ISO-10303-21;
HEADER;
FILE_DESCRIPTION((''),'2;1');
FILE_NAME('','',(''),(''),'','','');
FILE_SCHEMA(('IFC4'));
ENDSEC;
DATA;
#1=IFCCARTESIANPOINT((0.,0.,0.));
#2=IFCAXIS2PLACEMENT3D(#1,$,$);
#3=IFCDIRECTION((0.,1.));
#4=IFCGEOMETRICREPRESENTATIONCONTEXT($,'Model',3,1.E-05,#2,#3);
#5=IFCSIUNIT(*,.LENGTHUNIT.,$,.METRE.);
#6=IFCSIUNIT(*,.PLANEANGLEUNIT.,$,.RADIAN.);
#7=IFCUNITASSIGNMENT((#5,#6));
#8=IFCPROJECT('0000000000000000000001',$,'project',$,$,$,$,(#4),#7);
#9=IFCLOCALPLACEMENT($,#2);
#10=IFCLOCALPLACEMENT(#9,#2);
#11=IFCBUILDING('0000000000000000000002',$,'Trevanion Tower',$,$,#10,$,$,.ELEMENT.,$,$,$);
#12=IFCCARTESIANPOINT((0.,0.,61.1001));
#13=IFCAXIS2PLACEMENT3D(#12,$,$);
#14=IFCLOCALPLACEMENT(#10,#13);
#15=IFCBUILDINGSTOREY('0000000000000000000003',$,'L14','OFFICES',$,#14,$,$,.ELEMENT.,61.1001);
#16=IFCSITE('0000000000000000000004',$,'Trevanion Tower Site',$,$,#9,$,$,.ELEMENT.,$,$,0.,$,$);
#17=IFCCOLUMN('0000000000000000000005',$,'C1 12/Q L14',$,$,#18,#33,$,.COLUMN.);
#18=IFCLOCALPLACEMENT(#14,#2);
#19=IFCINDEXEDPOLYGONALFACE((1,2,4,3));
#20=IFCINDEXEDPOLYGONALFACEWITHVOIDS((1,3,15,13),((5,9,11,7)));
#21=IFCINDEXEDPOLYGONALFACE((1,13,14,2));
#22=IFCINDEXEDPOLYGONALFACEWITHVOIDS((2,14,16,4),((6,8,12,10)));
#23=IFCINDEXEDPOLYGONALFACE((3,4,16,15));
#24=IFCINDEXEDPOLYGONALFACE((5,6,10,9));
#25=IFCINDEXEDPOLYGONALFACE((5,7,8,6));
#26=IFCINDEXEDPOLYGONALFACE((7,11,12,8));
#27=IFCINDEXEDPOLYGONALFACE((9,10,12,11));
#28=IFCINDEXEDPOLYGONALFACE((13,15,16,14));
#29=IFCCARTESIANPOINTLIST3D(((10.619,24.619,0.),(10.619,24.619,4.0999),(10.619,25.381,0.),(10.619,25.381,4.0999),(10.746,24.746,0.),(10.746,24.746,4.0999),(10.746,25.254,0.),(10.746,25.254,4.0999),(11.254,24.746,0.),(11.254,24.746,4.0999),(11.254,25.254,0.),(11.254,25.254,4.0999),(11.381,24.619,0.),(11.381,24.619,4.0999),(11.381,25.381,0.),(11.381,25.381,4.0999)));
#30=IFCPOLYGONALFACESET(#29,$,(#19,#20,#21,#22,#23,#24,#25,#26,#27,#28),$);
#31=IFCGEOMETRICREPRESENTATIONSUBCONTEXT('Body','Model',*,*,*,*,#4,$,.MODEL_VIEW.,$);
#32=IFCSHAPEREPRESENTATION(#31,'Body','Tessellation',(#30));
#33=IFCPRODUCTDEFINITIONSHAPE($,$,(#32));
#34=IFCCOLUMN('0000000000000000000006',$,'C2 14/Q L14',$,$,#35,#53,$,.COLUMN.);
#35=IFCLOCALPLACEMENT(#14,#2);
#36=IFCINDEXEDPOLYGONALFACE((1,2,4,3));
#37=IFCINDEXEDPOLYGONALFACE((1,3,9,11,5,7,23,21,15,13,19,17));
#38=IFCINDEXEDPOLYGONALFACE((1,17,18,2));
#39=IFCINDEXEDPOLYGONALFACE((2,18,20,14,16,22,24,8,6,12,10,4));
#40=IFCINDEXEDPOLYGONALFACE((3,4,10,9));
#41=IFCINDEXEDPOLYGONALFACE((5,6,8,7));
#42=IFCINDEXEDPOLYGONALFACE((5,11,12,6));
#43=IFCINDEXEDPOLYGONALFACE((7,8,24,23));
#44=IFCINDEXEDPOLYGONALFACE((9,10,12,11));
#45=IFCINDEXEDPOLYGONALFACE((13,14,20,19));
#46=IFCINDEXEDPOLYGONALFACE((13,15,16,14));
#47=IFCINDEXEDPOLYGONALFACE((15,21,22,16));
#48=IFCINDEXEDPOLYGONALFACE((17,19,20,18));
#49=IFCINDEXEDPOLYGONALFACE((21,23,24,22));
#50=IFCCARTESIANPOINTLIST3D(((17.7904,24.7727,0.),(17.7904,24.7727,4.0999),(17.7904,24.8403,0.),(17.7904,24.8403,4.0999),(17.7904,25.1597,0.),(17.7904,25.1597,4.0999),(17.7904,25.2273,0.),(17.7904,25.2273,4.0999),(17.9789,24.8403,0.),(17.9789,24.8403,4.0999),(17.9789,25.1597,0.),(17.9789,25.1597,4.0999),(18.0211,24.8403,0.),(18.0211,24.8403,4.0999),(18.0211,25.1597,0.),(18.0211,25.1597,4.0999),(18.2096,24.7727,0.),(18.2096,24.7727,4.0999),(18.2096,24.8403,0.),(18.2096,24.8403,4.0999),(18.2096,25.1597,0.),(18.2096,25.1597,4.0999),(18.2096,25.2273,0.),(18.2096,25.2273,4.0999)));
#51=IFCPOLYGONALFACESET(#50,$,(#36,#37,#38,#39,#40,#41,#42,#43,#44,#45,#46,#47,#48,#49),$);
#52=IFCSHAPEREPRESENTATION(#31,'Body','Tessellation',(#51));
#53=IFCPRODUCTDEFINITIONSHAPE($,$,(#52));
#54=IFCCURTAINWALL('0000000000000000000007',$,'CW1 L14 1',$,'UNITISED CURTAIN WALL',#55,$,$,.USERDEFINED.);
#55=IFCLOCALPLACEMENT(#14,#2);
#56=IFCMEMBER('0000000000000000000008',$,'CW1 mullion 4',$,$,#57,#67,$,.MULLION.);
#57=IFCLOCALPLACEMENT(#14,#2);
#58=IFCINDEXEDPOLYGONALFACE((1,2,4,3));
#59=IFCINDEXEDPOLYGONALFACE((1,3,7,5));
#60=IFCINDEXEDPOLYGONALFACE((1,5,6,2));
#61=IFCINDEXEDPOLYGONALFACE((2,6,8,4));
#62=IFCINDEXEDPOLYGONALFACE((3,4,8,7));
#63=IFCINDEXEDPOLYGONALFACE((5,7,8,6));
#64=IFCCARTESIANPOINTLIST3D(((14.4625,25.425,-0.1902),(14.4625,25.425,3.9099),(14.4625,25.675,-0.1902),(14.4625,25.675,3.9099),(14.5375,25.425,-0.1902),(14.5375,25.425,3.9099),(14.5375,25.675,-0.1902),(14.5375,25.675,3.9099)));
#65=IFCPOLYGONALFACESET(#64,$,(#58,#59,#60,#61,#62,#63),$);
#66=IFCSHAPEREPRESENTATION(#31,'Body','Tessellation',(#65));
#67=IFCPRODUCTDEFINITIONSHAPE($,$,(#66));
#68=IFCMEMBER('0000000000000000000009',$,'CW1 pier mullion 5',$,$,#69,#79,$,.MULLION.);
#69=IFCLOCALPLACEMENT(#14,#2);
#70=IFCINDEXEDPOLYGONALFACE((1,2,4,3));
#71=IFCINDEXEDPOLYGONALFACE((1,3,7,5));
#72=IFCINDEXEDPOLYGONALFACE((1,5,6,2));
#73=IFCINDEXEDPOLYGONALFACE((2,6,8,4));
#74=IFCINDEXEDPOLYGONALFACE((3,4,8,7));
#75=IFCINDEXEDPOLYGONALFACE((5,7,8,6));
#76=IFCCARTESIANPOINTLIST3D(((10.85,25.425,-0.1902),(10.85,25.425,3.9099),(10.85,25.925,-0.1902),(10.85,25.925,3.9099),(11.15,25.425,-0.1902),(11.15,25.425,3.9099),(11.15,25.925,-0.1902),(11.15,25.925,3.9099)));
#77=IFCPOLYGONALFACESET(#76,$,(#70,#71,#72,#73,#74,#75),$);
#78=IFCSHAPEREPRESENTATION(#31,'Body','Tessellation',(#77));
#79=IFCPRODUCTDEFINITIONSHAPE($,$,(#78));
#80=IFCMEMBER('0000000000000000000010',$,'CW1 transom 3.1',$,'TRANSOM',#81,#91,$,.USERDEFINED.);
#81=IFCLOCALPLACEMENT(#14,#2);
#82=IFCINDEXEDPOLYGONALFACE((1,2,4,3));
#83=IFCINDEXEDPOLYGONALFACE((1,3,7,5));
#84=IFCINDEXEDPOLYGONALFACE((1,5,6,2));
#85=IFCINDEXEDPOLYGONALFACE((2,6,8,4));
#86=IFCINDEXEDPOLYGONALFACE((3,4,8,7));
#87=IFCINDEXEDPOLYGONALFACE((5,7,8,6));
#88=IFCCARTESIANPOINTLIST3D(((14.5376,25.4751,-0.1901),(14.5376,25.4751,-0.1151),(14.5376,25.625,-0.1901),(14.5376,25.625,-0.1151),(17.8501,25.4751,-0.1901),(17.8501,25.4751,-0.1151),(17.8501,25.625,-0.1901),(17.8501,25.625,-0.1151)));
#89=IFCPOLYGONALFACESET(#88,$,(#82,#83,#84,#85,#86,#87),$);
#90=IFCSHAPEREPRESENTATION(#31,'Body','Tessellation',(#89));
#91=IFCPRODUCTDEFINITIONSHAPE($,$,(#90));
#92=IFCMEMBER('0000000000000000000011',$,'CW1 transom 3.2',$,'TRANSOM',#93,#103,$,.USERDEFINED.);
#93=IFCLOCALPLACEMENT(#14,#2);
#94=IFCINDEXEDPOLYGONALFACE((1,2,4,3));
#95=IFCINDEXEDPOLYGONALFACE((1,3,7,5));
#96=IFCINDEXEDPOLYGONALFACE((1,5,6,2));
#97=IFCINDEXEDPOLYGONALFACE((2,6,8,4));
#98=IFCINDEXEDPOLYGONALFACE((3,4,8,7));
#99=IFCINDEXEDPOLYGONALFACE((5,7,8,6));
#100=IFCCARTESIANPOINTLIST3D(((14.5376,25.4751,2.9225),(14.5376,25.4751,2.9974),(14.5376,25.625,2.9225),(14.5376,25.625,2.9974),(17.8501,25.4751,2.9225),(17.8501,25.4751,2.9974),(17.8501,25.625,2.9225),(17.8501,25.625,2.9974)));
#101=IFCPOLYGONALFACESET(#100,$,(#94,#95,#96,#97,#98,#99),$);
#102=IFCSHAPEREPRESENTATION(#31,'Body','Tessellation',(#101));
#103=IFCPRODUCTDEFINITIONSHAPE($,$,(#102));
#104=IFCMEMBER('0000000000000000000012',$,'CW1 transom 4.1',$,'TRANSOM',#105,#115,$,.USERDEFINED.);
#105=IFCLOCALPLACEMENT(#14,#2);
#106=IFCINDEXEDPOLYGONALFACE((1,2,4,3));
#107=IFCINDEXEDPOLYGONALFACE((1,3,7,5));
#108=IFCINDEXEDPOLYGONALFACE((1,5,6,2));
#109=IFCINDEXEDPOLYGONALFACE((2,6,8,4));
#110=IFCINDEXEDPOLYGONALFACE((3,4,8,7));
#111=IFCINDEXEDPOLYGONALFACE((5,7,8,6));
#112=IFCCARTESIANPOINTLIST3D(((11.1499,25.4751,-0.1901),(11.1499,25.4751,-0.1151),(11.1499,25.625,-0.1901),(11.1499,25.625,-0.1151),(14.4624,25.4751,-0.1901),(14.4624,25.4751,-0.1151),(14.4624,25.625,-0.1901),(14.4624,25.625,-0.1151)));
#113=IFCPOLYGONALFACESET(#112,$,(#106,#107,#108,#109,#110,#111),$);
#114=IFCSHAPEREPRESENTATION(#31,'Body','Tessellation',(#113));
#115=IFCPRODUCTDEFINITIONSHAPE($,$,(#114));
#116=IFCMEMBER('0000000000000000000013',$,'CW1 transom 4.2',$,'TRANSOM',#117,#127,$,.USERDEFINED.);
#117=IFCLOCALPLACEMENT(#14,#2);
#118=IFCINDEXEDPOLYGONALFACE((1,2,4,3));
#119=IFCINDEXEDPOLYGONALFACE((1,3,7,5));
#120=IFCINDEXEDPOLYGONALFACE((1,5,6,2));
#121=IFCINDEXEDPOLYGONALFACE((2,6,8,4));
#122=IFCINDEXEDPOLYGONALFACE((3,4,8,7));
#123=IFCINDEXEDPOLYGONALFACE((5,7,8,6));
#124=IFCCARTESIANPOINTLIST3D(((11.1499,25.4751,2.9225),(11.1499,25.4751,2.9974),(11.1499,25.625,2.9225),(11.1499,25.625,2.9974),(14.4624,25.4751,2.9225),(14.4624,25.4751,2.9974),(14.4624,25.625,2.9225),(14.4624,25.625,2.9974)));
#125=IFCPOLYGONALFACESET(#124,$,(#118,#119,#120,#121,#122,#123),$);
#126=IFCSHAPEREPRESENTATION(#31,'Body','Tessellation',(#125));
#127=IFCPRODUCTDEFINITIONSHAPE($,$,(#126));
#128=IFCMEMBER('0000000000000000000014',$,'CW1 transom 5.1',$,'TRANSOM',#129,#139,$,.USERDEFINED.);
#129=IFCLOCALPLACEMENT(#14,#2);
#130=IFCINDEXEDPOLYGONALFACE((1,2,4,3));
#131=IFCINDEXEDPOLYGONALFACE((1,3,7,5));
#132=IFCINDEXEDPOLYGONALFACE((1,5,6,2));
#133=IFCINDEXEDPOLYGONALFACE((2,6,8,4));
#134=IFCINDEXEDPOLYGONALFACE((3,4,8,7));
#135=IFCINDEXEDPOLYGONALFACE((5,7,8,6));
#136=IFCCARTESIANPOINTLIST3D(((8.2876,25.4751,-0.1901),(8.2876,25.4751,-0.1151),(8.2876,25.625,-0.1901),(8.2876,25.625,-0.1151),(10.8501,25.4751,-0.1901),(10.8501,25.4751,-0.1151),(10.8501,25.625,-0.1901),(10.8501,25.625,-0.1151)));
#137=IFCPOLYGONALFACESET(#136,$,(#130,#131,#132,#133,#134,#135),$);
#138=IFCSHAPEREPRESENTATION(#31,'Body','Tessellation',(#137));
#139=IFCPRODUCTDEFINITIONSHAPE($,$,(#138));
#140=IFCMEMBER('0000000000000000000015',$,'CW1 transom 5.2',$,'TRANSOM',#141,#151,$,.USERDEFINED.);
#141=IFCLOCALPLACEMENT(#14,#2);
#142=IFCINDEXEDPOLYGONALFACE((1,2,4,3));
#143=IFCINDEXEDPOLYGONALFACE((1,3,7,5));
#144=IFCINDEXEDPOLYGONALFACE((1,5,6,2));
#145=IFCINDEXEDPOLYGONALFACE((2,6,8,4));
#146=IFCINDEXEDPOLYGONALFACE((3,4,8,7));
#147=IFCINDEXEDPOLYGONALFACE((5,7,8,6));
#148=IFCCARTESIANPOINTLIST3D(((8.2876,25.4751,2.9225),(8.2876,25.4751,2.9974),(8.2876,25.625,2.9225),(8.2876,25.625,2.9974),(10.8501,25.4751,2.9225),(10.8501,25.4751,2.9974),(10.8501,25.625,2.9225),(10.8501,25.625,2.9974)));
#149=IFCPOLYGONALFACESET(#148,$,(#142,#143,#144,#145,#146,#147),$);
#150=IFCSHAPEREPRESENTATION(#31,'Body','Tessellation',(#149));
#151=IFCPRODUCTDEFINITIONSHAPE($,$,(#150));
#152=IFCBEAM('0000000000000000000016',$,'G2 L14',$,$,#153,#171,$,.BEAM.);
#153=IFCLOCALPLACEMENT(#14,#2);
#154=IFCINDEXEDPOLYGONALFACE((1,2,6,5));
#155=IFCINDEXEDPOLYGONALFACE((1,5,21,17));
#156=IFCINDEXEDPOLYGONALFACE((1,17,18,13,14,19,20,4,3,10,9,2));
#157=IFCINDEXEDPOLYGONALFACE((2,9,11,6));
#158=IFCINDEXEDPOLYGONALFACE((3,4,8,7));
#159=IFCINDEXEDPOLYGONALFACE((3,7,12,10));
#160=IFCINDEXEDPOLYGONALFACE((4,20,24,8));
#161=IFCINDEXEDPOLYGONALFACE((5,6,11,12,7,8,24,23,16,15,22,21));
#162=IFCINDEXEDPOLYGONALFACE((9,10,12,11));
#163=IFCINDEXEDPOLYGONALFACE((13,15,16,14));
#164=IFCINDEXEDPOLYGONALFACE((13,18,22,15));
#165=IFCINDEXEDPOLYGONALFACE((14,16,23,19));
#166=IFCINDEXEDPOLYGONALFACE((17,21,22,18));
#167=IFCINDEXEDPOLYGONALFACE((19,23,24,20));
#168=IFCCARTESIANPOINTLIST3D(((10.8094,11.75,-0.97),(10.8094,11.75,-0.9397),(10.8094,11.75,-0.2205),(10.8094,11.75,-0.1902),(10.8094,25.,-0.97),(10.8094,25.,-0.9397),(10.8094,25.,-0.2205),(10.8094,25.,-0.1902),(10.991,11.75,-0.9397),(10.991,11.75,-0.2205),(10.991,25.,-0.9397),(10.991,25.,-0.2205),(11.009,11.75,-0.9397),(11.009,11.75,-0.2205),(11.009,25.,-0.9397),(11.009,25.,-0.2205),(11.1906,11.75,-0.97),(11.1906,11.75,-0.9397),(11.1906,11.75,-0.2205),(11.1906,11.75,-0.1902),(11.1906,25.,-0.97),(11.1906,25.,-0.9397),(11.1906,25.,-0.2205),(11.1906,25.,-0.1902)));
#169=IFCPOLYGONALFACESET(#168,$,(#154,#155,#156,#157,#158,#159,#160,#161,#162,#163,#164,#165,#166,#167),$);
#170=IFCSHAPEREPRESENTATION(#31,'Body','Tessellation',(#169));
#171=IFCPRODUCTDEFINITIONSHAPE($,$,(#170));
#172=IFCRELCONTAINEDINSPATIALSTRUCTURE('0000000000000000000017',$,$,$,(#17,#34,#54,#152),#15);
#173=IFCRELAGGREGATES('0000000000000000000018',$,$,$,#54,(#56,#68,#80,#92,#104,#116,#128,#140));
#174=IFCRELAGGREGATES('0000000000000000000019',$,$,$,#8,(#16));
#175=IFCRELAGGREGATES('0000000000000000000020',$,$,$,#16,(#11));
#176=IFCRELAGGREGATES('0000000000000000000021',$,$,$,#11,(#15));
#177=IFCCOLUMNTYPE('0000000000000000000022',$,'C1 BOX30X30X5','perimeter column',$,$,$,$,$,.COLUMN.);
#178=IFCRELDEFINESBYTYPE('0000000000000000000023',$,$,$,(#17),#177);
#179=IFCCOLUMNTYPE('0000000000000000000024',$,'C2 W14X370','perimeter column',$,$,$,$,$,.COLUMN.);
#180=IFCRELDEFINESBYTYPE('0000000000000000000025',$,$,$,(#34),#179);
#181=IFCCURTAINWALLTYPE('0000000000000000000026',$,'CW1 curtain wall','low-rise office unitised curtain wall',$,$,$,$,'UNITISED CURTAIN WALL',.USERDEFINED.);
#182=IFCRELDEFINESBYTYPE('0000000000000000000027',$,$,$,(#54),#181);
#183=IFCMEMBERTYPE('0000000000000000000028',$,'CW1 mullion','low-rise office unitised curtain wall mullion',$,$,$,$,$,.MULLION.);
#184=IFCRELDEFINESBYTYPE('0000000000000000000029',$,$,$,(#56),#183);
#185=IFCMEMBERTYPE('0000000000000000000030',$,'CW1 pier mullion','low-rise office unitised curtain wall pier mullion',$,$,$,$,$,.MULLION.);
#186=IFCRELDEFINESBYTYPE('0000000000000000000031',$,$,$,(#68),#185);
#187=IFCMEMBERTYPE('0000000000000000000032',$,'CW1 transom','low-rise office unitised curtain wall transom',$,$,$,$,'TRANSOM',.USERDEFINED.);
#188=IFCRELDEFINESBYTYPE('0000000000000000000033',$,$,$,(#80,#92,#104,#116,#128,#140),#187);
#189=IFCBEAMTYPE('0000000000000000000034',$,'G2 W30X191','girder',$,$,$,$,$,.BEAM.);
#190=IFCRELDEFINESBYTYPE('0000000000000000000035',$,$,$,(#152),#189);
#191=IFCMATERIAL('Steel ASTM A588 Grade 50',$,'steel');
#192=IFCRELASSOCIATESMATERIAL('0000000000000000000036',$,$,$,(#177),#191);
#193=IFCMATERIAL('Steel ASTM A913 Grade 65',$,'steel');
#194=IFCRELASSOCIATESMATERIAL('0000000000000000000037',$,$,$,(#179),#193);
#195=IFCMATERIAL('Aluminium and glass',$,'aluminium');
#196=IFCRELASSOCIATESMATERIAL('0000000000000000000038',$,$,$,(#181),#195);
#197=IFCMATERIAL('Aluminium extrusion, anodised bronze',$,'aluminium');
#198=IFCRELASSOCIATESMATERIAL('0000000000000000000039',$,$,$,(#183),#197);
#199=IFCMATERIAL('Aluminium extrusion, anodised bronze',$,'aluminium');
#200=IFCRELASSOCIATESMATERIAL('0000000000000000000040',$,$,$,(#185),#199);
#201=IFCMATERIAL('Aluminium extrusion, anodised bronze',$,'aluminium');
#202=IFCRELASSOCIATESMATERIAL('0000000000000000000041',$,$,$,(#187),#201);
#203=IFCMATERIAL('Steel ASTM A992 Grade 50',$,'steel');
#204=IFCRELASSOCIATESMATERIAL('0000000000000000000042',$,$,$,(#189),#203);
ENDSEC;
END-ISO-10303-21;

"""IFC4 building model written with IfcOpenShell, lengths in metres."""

from ifc_helpers import new_model, si_unit, direction, frame, origin, origin_2d, place, context, subcontext, project, spatial, rectangle, hollow_rectangle, i_section, extrude, material, material_profile, profile_set, type_object, element, aggregate, save


model = new_model("IFC4")

# Units and contexts
model_context = context("Model", 3, precision=1e-05, world=origin(), true_north=direction((0.0, 1.0)))
body_context = subcontext(model_context, "Body", "Model", "MODEL_VIEW")
ifc_project = project(units=[si_unit("LENGTHUNIT", "METRE"), si_unit("PLANEANGLEUNIT", "RADIAN")], contexts=[model_context])

# Site, building, storey
site_placement = place(None, origin())
site = spatial("IfcSite", under=ifc_project, at=site_placement, Name="Trevanion Tower Site", CompositionType="ELEMENT", RefElevation=0.0)
building_placement = place(site_placement, origin())
building = spatial("IfcBuilding", under=site, at=building_placement, Name="Trevanion Tower", CompositionType="ELEMENT")
storey_placement = place(building_placement, frame((0.0, 0.0, 61.1001)))
storey = spatial("IfcBuildingStorey", under=building, at=storey_placement, Name="L14", Description="OFFICES", CompositionType="ELEMENT", Elevation=61.1001)

# Columns
ifc_material_1 = material(Name="Steel ASTM A588 Grade 50", Category="steel")
ifc_material_profile_1 = material_profile(ifc_material_1, hollow_rectangle(XDim=0.762, YDim=0.762, WallThickness=0.127, at=origin_2d()), Name="BOX30X30X5")
ifc_profile_set_1 = profile_set([ifc_material_profile_1], Name="Steel ASTM A588 Grade 50")
column_type_1 = type_object("IfcColumnType", Name="C1 BOX30X30X5", Description="perimeter column", PredefinedType="COLUMN", material=ifc_profile_set_1)
column_1_placement = place(storey_placement, frame((11.0, 25.0, 0.0), z_axis=(0.0, 0.0, 1.0), x_axis=(1.0, 0.0, 0.0)))
element("IfcColumn", 1, at=column_1_placement, inside=storey, type_object=column_type_1, Name="C1 12/Q L14", PredefinedType="COLUMN", context=body_context, shape_type="SweptSolid", body=[
    extrude(hollow_rectangle(XDim=0.762, YDim=0.762, WallThickness=0.127, at=origin_2d()), origin(), (0.0, 0.0, 1.0), 4.0999),
])
ifc_material_2 = material(Name="Steel ASTM A913 Grade 65", Category="steel")
ifc_material_profile_2 = material_profile(ifc_material_2, i_section(OverallWidth=0.4192, OverallDepth=0.4546, WebThickness=0.0422, FlangeThickness=0.0676, at=origin_2d()), Name="W14X370")
ifc_profile_set_2 = profile_set([ifc_material_profile_2], Name="Steel ASTM A913 Grade 65")
column_type_2 = type_object("IfcColumnType", Name="C2 W14X370", Description="perimeter column", PredefinedType="COLUMN", material=ifc_profile_set_2)
column_2_placement = place(storey_placement, frame((18.0, 25.0, 0.0), z_axis=(0.0, 0.0, 1.0), x_axis=(1.0, 0.0, 0.0)))
element("IfcColumn", 2, at=column_2_placement, inside=storey, type_object=column_type_2, Name="C2 14/Q L14", PredefinedType="COLUMN", context=body_context, shape_type="SweptSolid", body=[
    extrude(i_section(OverallWidth=0.4192, OverallDepth=0.4546, WebThickness=0.0422, FlangeThickness=0.0676, at=origin_2d()), origin(), (0.0, 0.0, 1.0), 4.0999),
])

# Curtain wall, members
ifc_material_3 = material(Name="Aluminium and glass", Category="aluminium")
curtain_wall_type = type_object("IfcCurtainWallType", Name="CW1 curtain wall", Description="low-rise office unitised curtain wall", ElementType="UNITISED CURTAIN WALL", PredefinedType="USERDEFINED", material=ifc_material_3)
curtain_wall_placement = place(storey_placement, origin())
curtain_wall = element("IfcCurtainWall", 3, at=curtain_wall_placement, inside=storey, type_object=curtain_wall_type, Name="CW1 L14 1", ObjectType="UNITISED CURTAIN WALL", PredefinedType="USERDEFINED")
ifc_material_4 = material(Name="Aluminium extrusion, anodised bronze", Category="aluminium")
ifc_material_profile_3 = material_profile(ifc_material_4, rectangle(XDim=0.075, YDim=0.25, at=origin_2d()), Name="CW1 mullion")
ifc_profile_set_3 = profile_set([ifc_material_profile_3], Name="Aluminium extrusion, anodised bronze")
member_type_1 = type_object("IfcMemberType", Name="CW1 mullion", Description="low-rise office unitised curtain wall mullion", PredefinedType="MULLION", material=ifc_profile_set_3)
member_1_placement = place(storey_placement, frame((14.5, 25.55, -0.1902), z_axis=(0.0, 0.0, 1.0), x_axis=(-1.0, 0.0, 0.0)))
member_1 = element("IfcMember", 4, at=member_1_placement, type_object=member_type_1, Name="CW1 mullion 4", PredefinedType="MULLION", context=body_context, shape_type="SweptSolid", body=[
    extrude(rectangle(XDim=0.075, YDim=0.25, at=origin_2d()), origin(), (0.0, 0.0, 1.0), 4.1001),
])
ifc_material_5 = material(Name="Aluminium extrusion, anodised bronze", Category="aluminium")
ifc_material_profile_4 = material_profile(ifc_material_5, rectangle(XDim=0.3, YDim=0.5, at=origin_2d()), Name="CW1 pier mullion")
ifc_profile_set_4 = profile_set([ifc_material_profile_4], Name="Aluminium extrusion, anodised bronze")
member_type_2 = type_object("IfcMemberType", Name="CW1 pier mullion", Description="low-rise office unitised curtain wall pier mullion", PredefinedType="MULLION", material=ifc_profile_set_4)
member_2_placement = place(storey_placement, frame((11.0, 25.675, -0.1902), z_axis=(0.0, 0.0, 1.0), x_axis=(-1.0, 0.0, 0.0)))
member_2 = element("IfcMember", 5, at=member_2_placement, type_object=member_type_2, Name="CW1 pier mullion 5", PredefinedType="MULLION", context=body_context, shape_type="SweptSolid", body=[
    extrude(rectangle(XDim=0.3, YDim=0.5, at=origin_2d()), origin(), (0.0, 0.0, 1.0), 4.1001),
])
ifc_material_6 = material(Name="Aluminium extrusion, anodised bronze", Category="aluminium")
ifc_material_profile_5 = material_profile(ifc_material_6, rectangle(XDim=0.1499, YDim=0.075, at=origin_2d()), Name="CW1 transom")
ifc_profile_set_5 = profile_set([ifc_material_profile_5], Name="Aluminium extrusion, anodised bronze")
member_type_3 = type_object("IfcMemberType", Name="CW1 transom", Description="low-rise office unitised curtain wall transom", ElementType="TRANSOM", PredefinedType="USERDEFINED", material=ifc_profile_set_5)
member_3_placement = place(storey_placement, frame((17.8501, 25.55, -0.1526), z_axis=(-1.0, 0.0, 0.0), x_axis=(0.0, -1.0, 0.0)))
member_3 = element("IfcMember", 6, at=member_3_placement, type_object=member_type_3, Name="CW1 transom 3.1", ObjectType="TRANSOM", PredefinedType="USERDEFINED", context=body_context, shape_type="SweptSolid", body=[
    extrude(rectangle(XDim=0.1499, YDim=0.075, at=origin_2d()), origin(), (0.0, 0.0, 1.0), 3.3125),
])
member_4_placement = place(storey_placement, frame((17.8501, 25.55, 2.96), z_axis=(-1.0, 0.0, 0.0), x_axis=(0.0, -1.0, 0.0)))
member_4 = element("IfcMember", 7, at=member_4_placement, type_object=member_type_3, Name="CW1 transom 3.2", ObjectType="TRANSOM", PredefinedType="USERDEFINED", context=body_context, shape_type="SweptSolid", body=[
    extrude(rectangle(XDim=0.1499, YDim=0.075, at=origin_2d()), origin(), (0.0, 0.0, 1.0), 3.3125),
])
member_5_placement = place(storey_placement, frame((14.4624, 25.55, -0.1526), z_axis=(-1.0, 0.0, 0.0), x_axis=(0.0, -1.0, 0.0)))
member_5 = element("IfcMember", 8, at=member_5_placement, type_object=member_type_3, Name="CW1 transom 4.1", ObjectType="TRANSOM", PredefinedType="USERDEFINED", context=body_context, shape_type="SweptSolid", body=[
    extrude(rectangle(XDim=0.1499, YDim=0.075, at=origin_2d()), origin(), (0.0, 0.0, 1.0), 3.3125),
])
member_6_placement = place(storey_placement, frame((14.4624, 25.55, 2.96), z_axis=(-1.0, 0.0, 0.0), x_axis=(0.0, -1.0, 0.0)))
member_6 = element("IfcMember", 9, at=member_6_placement, type_object=member_type_3, Name="CW1 transom 4.2", ObjectType="TRANSOM", PredefinedType="USERDEFINED", context=body_context, shape_type="SweptSolid", body=[
    extrude(rectangle(XDim=0.1499, YDim=0.075, at=origin_2d()), origin(), (0.0, 0.0, 1.0), 3.3125),
])
member_7_placement = place(storey_placement, frame((10.8501, 25.55, -0.1526), z_axis=(-1.0, 0.0, 0.0), x_axis=(0.0, -1.0, 0.0)))
member_7 = element("IfcMember", 10, at=member_7_placement, type_object=member_type_3, Name="CW1 transom 5.1", ObjectType="TRANSOM", PredefinedType="USERDEFINED", context=body_context, shape_type="SweptSolid", body=[
    extrude(rectangle(XDim=0.1499, YDim=0.075, at=origin_2d()), origin(), (0.0, 0.0, 1.0), 2.5625),
])
member_8_placement = place(storey_placement, frame((10.8501, 25.55, 2.96), z_axis=(-1.0, 0.0, 0.0), x_axis=(0.0, -1.0, 0.0)))
member_8 = element("IfcMember", 11, at=member_8_placement, type_object=member_type_3, Name="CW1 transom 5.2", ObjectType="TRANSOM", PredefinedType="USERDEFINED", context=body_context, shape_type="SweptSolid", body=[
    extrude(rectangle(XDim=0.1499, YDim=0.075, at=origin_2d()), origin(), (0.0, 0.0, 1.0), 2.5625),
])

# Beam
ifc_material_7 = material(Name="Steel ASTM A992 Grade 50", Category="steel")
ifc_material_profile_6 = material_profile(ifc_material_7, i_section(OverallWidth=0.3811, OverallDepth=0.7798, WebThickness=0.0181, FlangeThickness=0.0303, at=origin_2d()), Name="W30X191")
ifc_profile_set_6 = profile_set([ifc_material_profile_6], Name="Steel ASTM A992 Grade 50")
beam_type_1 = type_object("IfcBeamType", Name="G2 W30X191", Description="girder", PredefinedType="BEAM", material=ifc_profile_set_6)
beam_1_placement = place(storey_placement, frame((11.0, 11.75, -0.5801), z_axis=(0.0, 1.0, 0.0), x_axis=(-1.0, 0.0, 0.0)))
element("IfcBeam", 12, at=beam_1_placement, inside=storey, type_object=beam_type_1, Name="G2 L14", PredefinedType="BEAM", context=body_context, shape_type="SweptSolid", body=[
    extrude(i_section(OverallWidth=0.3811, OverallDepth=0.7798, WebThickness=0.0181, FlangeThickness=0.0303, at=origin_2d()), origin(), (0.0, 0.0, 1.0), 13.25),
])

aggregate(curtain_wall, [member_1, member_2, member_3, member_4, member_5, member_6, member_7, member_8])

save(model, "model.ifc")
